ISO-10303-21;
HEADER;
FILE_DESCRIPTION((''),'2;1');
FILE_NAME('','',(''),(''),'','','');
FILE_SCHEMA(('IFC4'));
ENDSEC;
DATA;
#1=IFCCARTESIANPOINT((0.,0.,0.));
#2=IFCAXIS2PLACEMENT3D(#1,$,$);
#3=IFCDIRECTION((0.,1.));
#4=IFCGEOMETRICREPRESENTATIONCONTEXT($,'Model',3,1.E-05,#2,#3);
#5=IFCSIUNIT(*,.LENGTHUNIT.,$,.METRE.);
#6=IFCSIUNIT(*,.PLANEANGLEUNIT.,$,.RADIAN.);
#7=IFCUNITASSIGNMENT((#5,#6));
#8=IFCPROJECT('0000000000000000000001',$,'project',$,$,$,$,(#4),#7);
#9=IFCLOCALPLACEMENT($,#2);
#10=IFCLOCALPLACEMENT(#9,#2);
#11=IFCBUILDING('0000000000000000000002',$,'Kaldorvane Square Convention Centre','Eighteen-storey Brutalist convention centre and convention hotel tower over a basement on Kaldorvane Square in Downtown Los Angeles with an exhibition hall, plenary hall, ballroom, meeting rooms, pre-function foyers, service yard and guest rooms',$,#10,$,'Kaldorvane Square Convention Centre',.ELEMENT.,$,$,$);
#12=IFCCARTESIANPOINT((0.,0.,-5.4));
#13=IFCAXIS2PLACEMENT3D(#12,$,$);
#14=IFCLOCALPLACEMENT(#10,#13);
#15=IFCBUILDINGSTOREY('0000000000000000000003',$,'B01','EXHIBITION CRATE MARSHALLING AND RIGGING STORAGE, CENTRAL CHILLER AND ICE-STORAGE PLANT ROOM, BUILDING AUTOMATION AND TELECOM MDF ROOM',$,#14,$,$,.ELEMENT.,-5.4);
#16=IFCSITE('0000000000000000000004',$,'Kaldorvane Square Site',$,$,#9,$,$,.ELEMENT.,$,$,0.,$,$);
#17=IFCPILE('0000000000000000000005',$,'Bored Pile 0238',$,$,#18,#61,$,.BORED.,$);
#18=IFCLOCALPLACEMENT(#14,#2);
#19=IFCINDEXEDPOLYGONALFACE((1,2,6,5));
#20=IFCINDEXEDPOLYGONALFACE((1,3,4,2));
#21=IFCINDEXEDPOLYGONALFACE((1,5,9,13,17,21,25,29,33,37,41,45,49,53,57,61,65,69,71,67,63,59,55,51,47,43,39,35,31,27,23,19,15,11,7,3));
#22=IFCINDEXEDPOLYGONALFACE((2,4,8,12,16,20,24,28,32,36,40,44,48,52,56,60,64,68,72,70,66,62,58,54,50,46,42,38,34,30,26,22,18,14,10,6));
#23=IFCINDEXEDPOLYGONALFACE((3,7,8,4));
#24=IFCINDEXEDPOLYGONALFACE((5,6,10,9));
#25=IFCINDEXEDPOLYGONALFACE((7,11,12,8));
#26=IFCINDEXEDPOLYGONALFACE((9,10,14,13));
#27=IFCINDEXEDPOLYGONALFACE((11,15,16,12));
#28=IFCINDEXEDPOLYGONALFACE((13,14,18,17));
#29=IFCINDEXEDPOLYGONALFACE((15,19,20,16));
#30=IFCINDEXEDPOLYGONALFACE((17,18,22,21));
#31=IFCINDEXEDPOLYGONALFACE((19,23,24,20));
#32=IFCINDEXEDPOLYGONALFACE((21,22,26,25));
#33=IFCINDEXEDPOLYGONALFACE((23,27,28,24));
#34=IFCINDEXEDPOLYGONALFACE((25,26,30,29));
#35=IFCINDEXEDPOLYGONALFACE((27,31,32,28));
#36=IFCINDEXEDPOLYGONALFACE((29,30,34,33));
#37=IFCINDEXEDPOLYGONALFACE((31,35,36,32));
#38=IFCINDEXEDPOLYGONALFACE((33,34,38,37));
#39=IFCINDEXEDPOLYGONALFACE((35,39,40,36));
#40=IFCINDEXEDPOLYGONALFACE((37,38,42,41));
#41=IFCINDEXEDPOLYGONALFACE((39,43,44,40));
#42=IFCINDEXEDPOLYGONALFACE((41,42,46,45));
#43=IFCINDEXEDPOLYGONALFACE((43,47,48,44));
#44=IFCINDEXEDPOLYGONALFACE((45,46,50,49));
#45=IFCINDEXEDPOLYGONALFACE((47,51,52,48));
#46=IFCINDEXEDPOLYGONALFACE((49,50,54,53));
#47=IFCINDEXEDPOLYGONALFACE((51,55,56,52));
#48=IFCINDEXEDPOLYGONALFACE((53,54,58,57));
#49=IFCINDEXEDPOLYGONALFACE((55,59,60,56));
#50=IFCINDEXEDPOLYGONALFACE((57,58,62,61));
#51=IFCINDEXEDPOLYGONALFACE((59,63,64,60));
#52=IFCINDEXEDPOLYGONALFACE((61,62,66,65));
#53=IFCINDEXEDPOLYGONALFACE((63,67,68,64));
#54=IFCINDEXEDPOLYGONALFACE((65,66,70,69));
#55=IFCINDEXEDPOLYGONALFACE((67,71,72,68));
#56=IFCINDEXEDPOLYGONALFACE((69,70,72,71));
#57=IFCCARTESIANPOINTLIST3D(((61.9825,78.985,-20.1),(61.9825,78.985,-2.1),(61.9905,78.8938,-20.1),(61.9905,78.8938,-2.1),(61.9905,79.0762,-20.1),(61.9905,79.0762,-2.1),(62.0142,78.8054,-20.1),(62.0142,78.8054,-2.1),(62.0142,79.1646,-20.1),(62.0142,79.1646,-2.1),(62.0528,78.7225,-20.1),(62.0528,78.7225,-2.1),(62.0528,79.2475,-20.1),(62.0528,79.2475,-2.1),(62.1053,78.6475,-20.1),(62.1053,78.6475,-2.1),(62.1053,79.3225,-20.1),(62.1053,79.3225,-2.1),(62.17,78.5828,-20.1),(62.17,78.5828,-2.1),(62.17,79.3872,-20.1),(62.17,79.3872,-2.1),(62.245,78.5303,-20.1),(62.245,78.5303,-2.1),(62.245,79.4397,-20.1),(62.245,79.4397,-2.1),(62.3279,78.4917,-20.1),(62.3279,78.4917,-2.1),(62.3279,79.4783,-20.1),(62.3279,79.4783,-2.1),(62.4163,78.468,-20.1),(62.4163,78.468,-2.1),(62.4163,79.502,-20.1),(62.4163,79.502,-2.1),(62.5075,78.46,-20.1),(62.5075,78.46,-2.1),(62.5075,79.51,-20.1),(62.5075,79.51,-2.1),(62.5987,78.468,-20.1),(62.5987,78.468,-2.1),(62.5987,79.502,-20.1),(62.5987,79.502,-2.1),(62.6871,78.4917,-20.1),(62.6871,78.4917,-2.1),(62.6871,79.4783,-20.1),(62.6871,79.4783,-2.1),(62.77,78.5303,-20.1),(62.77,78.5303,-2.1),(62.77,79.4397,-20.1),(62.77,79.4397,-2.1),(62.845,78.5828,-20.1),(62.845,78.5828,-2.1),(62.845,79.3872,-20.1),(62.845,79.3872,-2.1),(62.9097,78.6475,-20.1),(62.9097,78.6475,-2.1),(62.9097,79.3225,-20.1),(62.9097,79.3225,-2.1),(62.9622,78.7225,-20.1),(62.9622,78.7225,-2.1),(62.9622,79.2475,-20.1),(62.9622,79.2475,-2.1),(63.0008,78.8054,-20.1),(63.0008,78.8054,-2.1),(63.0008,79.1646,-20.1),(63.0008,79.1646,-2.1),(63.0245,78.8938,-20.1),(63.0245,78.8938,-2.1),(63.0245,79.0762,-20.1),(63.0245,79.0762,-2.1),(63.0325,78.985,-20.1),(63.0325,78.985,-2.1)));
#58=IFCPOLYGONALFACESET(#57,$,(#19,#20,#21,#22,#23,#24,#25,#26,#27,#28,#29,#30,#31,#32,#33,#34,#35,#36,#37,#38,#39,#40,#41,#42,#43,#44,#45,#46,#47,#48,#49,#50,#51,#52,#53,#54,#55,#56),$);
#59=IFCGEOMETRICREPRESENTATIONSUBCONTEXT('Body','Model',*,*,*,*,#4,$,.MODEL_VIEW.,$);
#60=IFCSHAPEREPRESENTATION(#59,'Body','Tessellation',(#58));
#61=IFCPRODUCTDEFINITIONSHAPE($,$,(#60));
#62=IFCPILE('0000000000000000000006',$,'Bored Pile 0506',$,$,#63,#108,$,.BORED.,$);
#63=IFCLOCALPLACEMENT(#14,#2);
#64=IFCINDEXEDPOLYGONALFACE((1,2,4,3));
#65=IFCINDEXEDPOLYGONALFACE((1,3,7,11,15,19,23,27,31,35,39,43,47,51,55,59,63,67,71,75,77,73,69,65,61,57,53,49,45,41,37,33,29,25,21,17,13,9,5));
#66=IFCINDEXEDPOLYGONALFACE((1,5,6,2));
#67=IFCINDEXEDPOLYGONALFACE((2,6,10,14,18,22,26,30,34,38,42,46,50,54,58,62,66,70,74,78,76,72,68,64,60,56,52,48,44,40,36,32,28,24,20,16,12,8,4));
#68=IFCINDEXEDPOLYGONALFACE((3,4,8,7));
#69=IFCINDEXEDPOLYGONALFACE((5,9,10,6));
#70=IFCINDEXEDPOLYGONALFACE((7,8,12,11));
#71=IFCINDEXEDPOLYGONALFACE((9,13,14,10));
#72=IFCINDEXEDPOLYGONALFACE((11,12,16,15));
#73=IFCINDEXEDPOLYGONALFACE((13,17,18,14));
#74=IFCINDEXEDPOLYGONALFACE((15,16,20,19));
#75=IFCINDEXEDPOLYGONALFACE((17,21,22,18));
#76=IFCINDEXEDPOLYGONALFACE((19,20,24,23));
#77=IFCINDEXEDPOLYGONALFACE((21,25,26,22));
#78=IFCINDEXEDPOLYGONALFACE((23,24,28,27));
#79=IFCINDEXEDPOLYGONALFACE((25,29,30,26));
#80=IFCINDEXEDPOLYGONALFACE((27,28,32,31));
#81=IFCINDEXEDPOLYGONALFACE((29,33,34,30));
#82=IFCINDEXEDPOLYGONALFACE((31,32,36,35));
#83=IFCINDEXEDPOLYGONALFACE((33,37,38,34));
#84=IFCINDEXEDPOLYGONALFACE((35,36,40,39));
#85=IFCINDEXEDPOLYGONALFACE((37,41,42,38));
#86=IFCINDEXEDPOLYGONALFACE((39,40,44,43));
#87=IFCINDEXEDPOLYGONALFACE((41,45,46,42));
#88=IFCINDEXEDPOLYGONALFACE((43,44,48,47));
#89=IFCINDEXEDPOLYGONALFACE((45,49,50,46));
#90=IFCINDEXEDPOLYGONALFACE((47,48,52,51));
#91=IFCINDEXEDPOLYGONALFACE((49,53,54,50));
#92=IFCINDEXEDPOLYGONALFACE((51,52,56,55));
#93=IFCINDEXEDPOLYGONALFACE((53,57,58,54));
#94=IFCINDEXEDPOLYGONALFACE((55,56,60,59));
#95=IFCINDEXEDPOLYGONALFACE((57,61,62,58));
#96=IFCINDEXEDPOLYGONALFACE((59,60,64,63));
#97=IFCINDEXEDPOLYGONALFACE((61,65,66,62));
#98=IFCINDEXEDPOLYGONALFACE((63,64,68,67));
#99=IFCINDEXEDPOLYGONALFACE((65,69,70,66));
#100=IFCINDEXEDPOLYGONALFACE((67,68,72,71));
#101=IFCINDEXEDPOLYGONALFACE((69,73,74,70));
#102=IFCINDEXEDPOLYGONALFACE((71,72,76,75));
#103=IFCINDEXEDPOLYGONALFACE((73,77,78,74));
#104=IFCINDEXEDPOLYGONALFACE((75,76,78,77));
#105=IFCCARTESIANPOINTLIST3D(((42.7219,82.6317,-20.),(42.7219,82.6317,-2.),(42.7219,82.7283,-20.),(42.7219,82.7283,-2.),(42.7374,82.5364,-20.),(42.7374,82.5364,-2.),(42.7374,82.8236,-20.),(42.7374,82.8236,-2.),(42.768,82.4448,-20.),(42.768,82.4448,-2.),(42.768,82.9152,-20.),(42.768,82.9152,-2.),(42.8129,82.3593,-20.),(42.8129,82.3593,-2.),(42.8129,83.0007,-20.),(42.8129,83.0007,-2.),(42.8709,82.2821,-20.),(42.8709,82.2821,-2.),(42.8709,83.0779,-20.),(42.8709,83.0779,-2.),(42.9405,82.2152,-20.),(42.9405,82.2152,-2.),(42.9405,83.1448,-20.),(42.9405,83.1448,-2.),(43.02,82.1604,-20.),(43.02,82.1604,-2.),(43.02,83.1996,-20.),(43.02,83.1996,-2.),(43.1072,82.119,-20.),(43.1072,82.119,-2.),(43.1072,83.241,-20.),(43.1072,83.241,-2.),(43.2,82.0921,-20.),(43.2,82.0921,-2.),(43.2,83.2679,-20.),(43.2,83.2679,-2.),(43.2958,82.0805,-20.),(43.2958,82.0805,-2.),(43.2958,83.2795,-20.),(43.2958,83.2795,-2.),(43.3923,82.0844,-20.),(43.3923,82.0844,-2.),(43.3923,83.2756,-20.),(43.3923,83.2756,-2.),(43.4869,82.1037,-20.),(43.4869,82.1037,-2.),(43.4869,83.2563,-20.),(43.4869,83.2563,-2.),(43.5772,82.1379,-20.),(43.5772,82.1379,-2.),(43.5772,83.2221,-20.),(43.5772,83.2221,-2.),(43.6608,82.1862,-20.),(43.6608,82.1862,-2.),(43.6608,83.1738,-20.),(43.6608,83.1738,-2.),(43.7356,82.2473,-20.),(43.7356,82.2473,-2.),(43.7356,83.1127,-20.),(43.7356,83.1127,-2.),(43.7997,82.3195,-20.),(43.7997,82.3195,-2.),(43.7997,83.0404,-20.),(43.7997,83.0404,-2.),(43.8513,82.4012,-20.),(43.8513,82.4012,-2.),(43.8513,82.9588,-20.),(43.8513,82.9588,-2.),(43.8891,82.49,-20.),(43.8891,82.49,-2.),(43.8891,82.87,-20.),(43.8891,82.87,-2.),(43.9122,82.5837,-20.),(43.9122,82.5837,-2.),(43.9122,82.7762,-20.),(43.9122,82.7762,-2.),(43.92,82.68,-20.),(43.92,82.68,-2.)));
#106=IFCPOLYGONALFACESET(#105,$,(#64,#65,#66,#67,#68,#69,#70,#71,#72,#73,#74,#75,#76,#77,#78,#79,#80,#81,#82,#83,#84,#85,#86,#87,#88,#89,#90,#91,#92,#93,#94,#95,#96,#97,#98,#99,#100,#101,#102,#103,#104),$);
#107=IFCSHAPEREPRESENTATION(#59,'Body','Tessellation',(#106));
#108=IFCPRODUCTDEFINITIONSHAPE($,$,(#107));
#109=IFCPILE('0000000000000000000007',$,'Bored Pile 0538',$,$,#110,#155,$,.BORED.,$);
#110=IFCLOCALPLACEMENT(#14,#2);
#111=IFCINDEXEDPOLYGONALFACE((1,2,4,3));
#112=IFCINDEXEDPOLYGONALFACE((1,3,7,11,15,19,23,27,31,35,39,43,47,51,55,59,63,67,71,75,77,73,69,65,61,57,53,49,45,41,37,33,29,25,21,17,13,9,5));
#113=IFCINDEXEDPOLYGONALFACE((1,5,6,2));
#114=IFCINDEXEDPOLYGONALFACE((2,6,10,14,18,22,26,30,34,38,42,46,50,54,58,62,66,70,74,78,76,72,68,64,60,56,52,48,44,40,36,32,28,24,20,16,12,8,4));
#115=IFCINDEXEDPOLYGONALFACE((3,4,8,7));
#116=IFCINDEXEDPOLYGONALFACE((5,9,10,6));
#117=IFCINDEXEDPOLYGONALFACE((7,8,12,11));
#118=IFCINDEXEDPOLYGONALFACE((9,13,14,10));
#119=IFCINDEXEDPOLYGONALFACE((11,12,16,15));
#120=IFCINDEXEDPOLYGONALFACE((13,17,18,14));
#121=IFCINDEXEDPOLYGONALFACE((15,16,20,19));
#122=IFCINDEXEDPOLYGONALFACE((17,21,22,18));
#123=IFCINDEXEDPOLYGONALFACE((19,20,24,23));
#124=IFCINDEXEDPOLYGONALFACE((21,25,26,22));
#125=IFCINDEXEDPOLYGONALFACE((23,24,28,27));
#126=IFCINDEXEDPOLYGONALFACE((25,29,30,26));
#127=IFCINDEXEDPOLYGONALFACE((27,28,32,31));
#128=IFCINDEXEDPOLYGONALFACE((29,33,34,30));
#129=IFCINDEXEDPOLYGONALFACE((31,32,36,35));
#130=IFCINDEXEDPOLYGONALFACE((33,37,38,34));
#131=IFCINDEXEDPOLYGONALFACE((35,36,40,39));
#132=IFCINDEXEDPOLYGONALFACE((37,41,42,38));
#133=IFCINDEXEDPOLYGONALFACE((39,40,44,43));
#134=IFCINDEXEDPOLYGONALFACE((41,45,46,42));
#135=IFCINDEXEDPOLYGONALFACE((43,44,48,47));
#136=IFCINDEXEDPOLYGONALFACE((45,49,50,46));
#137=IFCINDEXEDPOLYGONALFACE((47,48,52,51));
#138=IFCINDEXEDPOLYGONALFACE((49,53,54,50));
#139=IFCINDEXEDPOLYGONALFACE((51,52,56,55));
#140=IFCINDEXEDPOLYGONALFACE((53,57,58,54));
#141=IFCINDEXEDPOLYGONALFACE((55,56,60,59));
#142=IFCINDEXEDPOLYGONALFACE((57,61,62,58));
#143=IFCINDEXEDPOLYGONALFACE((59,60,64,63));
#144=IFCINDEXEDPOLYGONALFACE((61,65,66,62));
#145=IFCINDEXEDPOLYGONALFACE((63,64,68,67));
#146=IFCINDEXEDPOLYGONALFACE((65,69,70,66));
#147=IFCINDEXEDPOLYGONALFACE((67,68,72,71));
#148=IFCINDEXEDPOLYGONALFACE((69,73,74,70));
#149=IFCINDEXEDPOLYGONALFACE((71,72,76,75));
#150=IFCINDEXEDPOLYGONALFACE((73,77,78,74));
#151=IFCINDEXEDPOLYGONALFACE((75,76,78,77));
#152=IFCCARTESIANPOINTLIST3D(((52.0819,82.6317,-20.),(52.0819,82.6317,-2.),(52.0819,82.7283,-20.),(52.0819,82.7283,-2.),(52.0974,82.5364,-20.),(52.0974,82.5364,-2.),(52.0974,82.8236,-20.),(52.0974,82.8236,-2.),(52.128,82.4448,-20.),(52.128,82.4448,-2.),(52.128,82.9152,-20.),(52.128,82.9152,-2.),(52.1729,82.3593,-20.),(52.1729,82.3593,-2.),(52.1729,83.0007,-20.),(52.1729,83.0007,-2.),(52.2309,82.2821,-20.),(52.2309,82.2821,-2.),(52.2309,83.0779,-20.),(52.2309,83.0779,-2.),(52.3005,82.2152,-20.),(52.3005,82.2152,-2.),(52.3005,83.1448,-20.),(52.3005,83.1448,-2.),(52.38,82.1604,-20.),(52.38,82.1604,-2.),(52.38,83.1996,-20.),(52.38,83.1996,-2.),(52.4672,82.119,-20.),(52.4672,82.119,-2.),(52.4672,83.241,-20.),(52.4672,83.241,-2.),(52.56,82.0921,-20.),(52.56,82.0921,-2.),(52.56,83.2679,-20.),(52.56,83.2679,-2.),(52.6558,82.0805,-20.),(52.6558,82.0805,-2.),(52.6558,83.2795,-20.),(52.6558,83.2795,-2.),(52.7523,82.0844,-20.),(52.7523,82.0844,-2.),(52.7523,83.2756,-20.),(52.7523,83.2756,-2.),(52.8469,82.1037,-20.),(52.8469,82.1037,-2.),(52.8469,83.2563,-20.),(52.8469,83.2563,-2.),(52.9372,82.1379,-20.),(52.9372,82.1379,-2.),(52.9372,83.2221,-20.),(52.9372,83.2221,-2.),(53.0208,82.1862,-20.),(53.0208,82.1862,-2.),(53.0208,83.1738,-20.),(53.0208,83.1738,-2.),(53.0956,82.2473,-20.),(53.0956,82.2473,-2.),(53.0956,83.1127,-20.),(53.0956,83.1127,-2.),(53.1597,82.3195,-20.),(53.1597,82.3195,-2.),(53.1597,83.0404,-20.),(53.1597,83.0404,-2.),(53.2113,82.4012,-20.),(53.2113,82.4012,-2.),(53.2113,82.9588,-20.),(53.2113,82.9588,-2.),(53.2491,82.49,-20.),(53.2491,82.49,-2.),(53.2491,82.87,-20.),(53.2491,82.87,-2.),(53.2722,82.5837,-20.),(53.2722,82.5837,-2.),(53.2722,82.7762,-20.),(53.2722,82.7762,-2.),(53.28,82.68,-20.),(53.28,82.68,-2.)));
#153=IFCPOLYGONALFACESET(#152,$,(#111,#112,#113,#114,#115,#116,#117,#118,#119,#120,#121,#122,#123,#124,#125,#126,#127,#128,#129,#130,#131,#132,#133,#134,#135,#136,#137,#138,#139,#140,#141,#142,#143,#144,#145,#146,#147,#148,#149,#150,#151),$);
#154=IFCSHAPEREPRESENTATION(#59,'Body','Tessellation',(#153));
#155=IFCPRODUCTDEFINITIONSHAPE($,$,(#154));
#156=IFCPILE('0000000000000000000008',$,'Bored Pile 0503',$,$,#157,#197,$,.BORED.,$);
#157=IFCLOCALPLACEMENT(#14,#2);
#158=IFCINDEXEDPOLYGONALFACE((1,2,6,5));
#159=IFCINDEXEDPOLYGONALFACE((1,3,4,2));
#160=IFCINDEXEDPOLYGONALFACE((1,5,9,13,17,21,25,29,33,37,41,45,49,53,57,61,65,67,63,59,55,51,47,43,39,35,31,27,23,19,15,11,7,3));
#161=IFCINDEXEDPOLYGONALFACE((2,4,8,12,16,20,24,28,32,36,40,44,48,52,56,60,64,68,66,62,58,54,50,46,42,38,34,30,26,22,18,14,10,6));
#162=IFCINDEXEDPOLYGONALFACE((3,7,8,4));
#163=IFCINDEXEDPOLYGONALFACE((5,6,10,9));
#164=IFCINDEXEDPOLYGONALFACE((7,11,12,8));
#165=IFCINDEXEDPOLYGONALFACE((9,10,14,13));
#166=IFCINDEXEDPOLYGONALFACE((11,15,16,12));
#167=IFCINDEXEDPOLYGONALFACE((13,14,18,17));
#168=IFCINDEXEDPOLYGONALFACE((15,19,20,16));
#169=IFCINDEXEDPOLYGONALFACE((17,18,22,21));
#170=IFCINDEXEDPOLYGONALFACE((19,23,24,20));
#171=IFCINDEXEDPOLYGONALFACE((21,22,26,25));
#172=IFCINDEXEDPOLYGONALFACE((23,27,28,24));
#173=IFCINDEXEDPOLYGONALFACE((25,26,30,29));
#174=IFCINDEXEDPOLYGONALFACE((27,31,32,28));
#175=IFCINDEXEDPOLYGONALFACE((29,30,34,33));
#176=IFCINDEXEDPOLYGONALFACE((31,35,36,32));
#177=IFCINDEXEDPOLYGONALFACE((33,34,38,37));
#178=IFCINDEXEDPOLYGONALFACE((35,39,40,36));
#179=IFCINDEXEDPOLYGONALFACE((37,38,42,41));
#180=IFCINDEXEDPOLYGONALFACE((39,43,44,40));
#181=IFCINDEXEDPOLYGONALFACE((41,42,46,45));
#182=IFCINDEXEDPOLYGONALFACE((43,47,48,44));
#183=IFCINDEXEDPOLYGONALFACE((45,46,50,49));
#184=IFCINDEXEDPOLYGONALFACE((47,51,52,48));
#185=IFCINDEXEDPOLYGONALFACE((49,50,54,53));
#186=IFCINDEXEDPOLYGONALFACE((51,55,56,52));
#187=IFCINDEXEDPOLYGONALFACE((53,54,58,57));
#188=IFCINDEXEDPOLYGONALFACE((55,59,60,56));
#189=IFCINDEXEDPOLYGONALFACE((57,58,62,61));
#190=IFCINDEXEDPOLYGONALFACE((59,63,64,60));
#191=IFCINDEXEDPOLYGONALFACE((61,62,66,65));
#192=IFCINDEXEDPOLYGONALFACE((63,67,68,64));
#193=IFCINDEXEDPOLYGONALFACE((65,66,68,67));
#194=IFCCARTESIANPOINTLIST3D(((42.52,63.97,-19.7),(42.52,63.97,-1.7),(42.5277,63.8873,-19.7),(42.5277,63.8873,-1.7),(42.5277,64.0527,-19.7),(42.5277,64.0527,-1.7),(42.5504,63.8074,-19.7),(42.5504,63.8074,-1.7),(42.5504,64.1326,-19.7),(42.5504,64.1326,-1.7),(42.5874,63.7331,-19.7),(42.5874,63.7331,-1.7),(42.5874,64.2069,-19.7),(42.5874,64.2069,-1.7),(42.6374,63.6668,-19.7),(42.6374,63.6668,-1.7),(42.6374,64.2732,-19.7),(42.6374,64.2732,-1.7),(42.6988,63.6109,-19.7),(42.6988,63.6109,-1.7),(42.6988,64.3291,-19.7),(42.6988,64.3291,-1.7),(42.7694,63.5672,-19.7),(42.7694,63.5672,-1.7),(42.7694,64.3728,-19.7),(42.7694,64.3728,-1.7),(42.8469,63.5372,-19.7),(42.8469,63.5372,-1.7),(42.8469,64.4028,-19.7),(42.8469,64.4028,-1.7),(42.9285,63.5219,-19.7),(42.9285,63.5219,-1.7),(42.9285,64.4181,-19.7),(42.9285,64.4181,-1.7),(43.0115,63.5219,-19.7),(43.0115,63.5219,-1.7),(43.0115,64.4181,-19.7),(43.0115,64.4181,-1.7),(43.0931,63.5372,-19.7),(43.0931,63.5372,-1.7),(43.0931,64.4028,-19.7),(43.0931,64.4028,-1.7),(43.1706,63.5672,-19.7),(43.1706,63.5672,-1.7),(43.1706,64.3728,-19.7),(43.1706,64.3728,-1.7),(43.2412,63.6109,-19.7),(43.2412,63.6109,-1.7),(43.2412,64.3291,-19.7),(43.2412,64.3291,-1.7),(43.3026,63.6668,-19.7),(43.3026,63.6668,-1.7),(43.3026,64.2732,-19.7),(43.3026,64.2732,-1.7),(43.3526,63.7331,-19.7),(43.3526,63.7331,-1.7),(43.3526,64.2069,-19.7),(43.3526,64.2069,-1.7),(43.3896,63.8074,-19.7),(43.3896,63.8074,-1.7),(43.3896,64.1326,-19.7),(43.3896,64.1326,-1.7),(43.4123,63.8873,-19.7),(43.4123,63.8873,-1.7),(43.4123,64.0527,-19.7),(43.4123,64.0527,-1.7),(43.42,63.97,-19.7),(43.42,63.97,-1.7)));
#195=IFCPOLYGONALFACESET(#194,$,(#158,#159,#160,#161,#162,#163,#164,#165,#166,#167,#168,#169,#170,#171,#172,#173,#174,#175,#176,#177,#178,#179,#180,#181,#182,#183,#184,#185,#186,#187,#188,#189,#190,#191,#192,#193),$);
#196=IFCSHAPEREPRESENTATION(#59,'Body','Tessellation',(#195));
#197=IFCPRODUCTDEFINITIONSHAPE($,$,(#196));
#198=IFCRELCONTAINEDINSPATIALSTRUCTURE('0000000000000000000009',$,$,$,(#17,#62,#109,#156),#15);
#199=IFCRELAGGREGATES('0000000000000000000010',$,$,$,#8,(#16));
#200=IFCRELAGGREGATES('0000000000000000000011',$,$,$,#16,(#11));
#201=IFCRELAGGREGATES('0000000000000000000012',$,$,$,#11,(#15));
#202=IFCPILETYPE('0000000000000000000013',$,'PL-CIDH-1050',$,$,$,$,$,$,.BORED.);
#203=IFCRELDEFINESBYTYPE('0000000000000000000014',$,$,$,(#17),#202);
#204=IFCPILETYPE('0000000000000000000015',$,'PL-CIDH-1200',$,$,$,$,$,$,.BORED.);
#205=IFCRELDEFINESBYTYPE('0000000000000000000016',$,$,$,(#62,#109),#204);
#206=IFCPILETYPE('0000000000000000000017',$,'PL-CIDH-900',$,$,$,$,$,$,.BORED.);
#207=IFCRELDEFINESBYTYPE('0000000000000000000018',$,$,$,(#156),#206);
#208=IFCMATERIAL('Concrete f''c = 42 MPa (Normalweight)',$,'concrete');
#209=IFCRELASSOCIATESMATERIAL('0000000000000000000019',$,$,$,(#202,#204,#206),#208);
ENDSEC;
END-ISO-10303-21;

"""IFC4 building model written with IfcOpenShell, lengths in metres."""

from ifc_helpers import new_model, si_unit, direction, frame, origin, origin_2d, place, context, subcontext, project, spatial, circle, extrude, material, material_profile, profile_set, type_object, element, save


model = new_model("IFC4")

# Units and contexts
model_context = context("Model", 3, precision=1e-05, world=origin(), true_north=direction((0.0, 1.0)))
body_context = subcontext(model_context, "Body", "Model", "MODEL_VIEW")
ifc_project = project(units=[si_unit("LENGTHUNIT", "METRE"), si_unit("PLANEANGLEUNIT", "RADIAN")], contexts=[model_context])

# Site, building, storey
site_placement = place(None, origin())
site = spatial("IfcSite", under=ifc_project, at=site_placement, Name="Kaldorvane Square Site", CompositionType="ELEMENT", RefElevation=0.0)
building_placement = place(site_placement, origin())
building = spatial("IfcBuilding", under=site, at=building_placement, Name="Kaldorvane Square Convention Centre", Description="Eighteen-storey Brutalist convention centre and convention hotel tower over a basement on Kaldorvane Square in Downtown Los Angeles with an exhibition hall, plenary hall, ballroom, meeting rooms, pre-function foyers, service yard and guest rooms", LongName="Kaldorvane Square Convention Centre", CompositionType="ELEMENT")
storey_placement = place(building_placement, frame((0.0, 0.0, -5.4)))
storey = spatial("IfcBuildingStorey", under=building, at=storey_placement, Name="B01", Description="EXHIBITION CRATE MARSHALLING AND RIGGING STORAGE, CENTRAL CHILLER AND ICE-STORAGE PLANT ROOM, BUILDING AUTOMATION AND TELECOM MDF ROOM", CompositionType="ELEMENT", Elevation=-5.4)

# Shared definitions
ifc_material_1 = material(Name="Concrete f'c = 42 MPa (Normalweight)", Category="concrete")

# Piles
ifc_material_profile_1 = material_profile(ifc_material_1, circle(Radius=0.525, at=origin_2d()), Name="PILE-D1050")
ifc_profile_set_1 = profile_set([ifc_material_profile_1], Name="Concrete f'c = 42 MPa (Normalweight)")
pile_type_1 = type_object("IfcPileType", Name="PL-CIDH-1050", PredefinedType="BORED", material=ifc_profile_set_1)
for number, where, z_axis, x_axis, name in (
    (1, (62.5075, 78.985, -2.1), (0.0, 0.0, -1.0), (1.0, 0.0, 0.0), "Bored Pile 0238"),
):
    element("IfcPile", number, at=place(storey_placement, frame(where, z_axis=z_axis, x_axis=x_axis)), inside=storey, type_object=pile_type_1, Name=name, PredefinedType="BORED", context=body_context, shape_type="SweptSolid", body=[
        extrude(circle(Radius=0.525, at=origin_2d()), origin(), (0.0, 0.0, 1.0), 18.0),
    ])
ifc_material_profile_2 = material_profile(ifc_material_1, circle(Radius=0.6, at=origin_2d()), Name="PILE-D1200")
ifc_profile_set_2 = profile_set([ifc_material_profile_2], Name="Concrete f'c = 42 MPa (Normalweight)")
pile_type_2 = type_object("IfcPileType", Name="PL-CIDH-1200", PredefinedType="BORED", material=ifc_profile_set_2)
for number, where, z_axis, x_axis, name in (
    (2, (43.32, 82.68, -2.0), (0.0, 0.0, -1.0), (1.0, 0.0, 0.0), "Bored Pile 0506"),
    (3, (52.68, 82.68, -2.0), (0.0, 0.0, -1.0), (1.0, 0.0, 0.0), "Bored Pile 0538"),
):
    element("IfcPile", number, at=place(storey_placement, frame(where, z_axis=z_axis, x_axis=x_axis)), inside=storey, type_object=pile_type_2, Name=name, PredefinedType="BORED", context=body_context, shape_type="SweptSolid", body=[
        extrude(circle(Radius=0.6, at=origin_2d()), origin(), (0.0, 0.0, 1.0), 18.0),
    ])
ifc_material_profile_3 = material_profile(ifc_material_1, circle(Radius=0.45, at=origin_2d()), Name="PILE-D900")
ifc_profile_set_3 = profile_set([ifc_material_profile_3], Name="Concrete f'c = 42 MPa (Normalweight)")
pile_type_3 = type_object("IfcPileType", Name="PL-CIDH-900", PredefinedType="BORED", material=ifc_profile_set_3)
for number, where, z_axis, x_axis, name in (
    (4, (42.97, 63.97, -1.7), (0.0, 0.0, -1.0), (1.0, 0.0, 0.0), "Bored Pile 0503"),
):
    element("IfcPile", number, at=place(storey_placement, frame(where, z_axis=z_axis, x_axis=x_axis)), inside=storey, type_object=pile_type_3, Name=name, PredefinedType="BORED", context=body_context, shape_type="SweptSolid", body=[
        extrude(circle(Radius=0.45, at=origin_2d()), origin(), (0.0, 0.0, 1.0), 18.0),
    ])

save(model, "model.ifc")
